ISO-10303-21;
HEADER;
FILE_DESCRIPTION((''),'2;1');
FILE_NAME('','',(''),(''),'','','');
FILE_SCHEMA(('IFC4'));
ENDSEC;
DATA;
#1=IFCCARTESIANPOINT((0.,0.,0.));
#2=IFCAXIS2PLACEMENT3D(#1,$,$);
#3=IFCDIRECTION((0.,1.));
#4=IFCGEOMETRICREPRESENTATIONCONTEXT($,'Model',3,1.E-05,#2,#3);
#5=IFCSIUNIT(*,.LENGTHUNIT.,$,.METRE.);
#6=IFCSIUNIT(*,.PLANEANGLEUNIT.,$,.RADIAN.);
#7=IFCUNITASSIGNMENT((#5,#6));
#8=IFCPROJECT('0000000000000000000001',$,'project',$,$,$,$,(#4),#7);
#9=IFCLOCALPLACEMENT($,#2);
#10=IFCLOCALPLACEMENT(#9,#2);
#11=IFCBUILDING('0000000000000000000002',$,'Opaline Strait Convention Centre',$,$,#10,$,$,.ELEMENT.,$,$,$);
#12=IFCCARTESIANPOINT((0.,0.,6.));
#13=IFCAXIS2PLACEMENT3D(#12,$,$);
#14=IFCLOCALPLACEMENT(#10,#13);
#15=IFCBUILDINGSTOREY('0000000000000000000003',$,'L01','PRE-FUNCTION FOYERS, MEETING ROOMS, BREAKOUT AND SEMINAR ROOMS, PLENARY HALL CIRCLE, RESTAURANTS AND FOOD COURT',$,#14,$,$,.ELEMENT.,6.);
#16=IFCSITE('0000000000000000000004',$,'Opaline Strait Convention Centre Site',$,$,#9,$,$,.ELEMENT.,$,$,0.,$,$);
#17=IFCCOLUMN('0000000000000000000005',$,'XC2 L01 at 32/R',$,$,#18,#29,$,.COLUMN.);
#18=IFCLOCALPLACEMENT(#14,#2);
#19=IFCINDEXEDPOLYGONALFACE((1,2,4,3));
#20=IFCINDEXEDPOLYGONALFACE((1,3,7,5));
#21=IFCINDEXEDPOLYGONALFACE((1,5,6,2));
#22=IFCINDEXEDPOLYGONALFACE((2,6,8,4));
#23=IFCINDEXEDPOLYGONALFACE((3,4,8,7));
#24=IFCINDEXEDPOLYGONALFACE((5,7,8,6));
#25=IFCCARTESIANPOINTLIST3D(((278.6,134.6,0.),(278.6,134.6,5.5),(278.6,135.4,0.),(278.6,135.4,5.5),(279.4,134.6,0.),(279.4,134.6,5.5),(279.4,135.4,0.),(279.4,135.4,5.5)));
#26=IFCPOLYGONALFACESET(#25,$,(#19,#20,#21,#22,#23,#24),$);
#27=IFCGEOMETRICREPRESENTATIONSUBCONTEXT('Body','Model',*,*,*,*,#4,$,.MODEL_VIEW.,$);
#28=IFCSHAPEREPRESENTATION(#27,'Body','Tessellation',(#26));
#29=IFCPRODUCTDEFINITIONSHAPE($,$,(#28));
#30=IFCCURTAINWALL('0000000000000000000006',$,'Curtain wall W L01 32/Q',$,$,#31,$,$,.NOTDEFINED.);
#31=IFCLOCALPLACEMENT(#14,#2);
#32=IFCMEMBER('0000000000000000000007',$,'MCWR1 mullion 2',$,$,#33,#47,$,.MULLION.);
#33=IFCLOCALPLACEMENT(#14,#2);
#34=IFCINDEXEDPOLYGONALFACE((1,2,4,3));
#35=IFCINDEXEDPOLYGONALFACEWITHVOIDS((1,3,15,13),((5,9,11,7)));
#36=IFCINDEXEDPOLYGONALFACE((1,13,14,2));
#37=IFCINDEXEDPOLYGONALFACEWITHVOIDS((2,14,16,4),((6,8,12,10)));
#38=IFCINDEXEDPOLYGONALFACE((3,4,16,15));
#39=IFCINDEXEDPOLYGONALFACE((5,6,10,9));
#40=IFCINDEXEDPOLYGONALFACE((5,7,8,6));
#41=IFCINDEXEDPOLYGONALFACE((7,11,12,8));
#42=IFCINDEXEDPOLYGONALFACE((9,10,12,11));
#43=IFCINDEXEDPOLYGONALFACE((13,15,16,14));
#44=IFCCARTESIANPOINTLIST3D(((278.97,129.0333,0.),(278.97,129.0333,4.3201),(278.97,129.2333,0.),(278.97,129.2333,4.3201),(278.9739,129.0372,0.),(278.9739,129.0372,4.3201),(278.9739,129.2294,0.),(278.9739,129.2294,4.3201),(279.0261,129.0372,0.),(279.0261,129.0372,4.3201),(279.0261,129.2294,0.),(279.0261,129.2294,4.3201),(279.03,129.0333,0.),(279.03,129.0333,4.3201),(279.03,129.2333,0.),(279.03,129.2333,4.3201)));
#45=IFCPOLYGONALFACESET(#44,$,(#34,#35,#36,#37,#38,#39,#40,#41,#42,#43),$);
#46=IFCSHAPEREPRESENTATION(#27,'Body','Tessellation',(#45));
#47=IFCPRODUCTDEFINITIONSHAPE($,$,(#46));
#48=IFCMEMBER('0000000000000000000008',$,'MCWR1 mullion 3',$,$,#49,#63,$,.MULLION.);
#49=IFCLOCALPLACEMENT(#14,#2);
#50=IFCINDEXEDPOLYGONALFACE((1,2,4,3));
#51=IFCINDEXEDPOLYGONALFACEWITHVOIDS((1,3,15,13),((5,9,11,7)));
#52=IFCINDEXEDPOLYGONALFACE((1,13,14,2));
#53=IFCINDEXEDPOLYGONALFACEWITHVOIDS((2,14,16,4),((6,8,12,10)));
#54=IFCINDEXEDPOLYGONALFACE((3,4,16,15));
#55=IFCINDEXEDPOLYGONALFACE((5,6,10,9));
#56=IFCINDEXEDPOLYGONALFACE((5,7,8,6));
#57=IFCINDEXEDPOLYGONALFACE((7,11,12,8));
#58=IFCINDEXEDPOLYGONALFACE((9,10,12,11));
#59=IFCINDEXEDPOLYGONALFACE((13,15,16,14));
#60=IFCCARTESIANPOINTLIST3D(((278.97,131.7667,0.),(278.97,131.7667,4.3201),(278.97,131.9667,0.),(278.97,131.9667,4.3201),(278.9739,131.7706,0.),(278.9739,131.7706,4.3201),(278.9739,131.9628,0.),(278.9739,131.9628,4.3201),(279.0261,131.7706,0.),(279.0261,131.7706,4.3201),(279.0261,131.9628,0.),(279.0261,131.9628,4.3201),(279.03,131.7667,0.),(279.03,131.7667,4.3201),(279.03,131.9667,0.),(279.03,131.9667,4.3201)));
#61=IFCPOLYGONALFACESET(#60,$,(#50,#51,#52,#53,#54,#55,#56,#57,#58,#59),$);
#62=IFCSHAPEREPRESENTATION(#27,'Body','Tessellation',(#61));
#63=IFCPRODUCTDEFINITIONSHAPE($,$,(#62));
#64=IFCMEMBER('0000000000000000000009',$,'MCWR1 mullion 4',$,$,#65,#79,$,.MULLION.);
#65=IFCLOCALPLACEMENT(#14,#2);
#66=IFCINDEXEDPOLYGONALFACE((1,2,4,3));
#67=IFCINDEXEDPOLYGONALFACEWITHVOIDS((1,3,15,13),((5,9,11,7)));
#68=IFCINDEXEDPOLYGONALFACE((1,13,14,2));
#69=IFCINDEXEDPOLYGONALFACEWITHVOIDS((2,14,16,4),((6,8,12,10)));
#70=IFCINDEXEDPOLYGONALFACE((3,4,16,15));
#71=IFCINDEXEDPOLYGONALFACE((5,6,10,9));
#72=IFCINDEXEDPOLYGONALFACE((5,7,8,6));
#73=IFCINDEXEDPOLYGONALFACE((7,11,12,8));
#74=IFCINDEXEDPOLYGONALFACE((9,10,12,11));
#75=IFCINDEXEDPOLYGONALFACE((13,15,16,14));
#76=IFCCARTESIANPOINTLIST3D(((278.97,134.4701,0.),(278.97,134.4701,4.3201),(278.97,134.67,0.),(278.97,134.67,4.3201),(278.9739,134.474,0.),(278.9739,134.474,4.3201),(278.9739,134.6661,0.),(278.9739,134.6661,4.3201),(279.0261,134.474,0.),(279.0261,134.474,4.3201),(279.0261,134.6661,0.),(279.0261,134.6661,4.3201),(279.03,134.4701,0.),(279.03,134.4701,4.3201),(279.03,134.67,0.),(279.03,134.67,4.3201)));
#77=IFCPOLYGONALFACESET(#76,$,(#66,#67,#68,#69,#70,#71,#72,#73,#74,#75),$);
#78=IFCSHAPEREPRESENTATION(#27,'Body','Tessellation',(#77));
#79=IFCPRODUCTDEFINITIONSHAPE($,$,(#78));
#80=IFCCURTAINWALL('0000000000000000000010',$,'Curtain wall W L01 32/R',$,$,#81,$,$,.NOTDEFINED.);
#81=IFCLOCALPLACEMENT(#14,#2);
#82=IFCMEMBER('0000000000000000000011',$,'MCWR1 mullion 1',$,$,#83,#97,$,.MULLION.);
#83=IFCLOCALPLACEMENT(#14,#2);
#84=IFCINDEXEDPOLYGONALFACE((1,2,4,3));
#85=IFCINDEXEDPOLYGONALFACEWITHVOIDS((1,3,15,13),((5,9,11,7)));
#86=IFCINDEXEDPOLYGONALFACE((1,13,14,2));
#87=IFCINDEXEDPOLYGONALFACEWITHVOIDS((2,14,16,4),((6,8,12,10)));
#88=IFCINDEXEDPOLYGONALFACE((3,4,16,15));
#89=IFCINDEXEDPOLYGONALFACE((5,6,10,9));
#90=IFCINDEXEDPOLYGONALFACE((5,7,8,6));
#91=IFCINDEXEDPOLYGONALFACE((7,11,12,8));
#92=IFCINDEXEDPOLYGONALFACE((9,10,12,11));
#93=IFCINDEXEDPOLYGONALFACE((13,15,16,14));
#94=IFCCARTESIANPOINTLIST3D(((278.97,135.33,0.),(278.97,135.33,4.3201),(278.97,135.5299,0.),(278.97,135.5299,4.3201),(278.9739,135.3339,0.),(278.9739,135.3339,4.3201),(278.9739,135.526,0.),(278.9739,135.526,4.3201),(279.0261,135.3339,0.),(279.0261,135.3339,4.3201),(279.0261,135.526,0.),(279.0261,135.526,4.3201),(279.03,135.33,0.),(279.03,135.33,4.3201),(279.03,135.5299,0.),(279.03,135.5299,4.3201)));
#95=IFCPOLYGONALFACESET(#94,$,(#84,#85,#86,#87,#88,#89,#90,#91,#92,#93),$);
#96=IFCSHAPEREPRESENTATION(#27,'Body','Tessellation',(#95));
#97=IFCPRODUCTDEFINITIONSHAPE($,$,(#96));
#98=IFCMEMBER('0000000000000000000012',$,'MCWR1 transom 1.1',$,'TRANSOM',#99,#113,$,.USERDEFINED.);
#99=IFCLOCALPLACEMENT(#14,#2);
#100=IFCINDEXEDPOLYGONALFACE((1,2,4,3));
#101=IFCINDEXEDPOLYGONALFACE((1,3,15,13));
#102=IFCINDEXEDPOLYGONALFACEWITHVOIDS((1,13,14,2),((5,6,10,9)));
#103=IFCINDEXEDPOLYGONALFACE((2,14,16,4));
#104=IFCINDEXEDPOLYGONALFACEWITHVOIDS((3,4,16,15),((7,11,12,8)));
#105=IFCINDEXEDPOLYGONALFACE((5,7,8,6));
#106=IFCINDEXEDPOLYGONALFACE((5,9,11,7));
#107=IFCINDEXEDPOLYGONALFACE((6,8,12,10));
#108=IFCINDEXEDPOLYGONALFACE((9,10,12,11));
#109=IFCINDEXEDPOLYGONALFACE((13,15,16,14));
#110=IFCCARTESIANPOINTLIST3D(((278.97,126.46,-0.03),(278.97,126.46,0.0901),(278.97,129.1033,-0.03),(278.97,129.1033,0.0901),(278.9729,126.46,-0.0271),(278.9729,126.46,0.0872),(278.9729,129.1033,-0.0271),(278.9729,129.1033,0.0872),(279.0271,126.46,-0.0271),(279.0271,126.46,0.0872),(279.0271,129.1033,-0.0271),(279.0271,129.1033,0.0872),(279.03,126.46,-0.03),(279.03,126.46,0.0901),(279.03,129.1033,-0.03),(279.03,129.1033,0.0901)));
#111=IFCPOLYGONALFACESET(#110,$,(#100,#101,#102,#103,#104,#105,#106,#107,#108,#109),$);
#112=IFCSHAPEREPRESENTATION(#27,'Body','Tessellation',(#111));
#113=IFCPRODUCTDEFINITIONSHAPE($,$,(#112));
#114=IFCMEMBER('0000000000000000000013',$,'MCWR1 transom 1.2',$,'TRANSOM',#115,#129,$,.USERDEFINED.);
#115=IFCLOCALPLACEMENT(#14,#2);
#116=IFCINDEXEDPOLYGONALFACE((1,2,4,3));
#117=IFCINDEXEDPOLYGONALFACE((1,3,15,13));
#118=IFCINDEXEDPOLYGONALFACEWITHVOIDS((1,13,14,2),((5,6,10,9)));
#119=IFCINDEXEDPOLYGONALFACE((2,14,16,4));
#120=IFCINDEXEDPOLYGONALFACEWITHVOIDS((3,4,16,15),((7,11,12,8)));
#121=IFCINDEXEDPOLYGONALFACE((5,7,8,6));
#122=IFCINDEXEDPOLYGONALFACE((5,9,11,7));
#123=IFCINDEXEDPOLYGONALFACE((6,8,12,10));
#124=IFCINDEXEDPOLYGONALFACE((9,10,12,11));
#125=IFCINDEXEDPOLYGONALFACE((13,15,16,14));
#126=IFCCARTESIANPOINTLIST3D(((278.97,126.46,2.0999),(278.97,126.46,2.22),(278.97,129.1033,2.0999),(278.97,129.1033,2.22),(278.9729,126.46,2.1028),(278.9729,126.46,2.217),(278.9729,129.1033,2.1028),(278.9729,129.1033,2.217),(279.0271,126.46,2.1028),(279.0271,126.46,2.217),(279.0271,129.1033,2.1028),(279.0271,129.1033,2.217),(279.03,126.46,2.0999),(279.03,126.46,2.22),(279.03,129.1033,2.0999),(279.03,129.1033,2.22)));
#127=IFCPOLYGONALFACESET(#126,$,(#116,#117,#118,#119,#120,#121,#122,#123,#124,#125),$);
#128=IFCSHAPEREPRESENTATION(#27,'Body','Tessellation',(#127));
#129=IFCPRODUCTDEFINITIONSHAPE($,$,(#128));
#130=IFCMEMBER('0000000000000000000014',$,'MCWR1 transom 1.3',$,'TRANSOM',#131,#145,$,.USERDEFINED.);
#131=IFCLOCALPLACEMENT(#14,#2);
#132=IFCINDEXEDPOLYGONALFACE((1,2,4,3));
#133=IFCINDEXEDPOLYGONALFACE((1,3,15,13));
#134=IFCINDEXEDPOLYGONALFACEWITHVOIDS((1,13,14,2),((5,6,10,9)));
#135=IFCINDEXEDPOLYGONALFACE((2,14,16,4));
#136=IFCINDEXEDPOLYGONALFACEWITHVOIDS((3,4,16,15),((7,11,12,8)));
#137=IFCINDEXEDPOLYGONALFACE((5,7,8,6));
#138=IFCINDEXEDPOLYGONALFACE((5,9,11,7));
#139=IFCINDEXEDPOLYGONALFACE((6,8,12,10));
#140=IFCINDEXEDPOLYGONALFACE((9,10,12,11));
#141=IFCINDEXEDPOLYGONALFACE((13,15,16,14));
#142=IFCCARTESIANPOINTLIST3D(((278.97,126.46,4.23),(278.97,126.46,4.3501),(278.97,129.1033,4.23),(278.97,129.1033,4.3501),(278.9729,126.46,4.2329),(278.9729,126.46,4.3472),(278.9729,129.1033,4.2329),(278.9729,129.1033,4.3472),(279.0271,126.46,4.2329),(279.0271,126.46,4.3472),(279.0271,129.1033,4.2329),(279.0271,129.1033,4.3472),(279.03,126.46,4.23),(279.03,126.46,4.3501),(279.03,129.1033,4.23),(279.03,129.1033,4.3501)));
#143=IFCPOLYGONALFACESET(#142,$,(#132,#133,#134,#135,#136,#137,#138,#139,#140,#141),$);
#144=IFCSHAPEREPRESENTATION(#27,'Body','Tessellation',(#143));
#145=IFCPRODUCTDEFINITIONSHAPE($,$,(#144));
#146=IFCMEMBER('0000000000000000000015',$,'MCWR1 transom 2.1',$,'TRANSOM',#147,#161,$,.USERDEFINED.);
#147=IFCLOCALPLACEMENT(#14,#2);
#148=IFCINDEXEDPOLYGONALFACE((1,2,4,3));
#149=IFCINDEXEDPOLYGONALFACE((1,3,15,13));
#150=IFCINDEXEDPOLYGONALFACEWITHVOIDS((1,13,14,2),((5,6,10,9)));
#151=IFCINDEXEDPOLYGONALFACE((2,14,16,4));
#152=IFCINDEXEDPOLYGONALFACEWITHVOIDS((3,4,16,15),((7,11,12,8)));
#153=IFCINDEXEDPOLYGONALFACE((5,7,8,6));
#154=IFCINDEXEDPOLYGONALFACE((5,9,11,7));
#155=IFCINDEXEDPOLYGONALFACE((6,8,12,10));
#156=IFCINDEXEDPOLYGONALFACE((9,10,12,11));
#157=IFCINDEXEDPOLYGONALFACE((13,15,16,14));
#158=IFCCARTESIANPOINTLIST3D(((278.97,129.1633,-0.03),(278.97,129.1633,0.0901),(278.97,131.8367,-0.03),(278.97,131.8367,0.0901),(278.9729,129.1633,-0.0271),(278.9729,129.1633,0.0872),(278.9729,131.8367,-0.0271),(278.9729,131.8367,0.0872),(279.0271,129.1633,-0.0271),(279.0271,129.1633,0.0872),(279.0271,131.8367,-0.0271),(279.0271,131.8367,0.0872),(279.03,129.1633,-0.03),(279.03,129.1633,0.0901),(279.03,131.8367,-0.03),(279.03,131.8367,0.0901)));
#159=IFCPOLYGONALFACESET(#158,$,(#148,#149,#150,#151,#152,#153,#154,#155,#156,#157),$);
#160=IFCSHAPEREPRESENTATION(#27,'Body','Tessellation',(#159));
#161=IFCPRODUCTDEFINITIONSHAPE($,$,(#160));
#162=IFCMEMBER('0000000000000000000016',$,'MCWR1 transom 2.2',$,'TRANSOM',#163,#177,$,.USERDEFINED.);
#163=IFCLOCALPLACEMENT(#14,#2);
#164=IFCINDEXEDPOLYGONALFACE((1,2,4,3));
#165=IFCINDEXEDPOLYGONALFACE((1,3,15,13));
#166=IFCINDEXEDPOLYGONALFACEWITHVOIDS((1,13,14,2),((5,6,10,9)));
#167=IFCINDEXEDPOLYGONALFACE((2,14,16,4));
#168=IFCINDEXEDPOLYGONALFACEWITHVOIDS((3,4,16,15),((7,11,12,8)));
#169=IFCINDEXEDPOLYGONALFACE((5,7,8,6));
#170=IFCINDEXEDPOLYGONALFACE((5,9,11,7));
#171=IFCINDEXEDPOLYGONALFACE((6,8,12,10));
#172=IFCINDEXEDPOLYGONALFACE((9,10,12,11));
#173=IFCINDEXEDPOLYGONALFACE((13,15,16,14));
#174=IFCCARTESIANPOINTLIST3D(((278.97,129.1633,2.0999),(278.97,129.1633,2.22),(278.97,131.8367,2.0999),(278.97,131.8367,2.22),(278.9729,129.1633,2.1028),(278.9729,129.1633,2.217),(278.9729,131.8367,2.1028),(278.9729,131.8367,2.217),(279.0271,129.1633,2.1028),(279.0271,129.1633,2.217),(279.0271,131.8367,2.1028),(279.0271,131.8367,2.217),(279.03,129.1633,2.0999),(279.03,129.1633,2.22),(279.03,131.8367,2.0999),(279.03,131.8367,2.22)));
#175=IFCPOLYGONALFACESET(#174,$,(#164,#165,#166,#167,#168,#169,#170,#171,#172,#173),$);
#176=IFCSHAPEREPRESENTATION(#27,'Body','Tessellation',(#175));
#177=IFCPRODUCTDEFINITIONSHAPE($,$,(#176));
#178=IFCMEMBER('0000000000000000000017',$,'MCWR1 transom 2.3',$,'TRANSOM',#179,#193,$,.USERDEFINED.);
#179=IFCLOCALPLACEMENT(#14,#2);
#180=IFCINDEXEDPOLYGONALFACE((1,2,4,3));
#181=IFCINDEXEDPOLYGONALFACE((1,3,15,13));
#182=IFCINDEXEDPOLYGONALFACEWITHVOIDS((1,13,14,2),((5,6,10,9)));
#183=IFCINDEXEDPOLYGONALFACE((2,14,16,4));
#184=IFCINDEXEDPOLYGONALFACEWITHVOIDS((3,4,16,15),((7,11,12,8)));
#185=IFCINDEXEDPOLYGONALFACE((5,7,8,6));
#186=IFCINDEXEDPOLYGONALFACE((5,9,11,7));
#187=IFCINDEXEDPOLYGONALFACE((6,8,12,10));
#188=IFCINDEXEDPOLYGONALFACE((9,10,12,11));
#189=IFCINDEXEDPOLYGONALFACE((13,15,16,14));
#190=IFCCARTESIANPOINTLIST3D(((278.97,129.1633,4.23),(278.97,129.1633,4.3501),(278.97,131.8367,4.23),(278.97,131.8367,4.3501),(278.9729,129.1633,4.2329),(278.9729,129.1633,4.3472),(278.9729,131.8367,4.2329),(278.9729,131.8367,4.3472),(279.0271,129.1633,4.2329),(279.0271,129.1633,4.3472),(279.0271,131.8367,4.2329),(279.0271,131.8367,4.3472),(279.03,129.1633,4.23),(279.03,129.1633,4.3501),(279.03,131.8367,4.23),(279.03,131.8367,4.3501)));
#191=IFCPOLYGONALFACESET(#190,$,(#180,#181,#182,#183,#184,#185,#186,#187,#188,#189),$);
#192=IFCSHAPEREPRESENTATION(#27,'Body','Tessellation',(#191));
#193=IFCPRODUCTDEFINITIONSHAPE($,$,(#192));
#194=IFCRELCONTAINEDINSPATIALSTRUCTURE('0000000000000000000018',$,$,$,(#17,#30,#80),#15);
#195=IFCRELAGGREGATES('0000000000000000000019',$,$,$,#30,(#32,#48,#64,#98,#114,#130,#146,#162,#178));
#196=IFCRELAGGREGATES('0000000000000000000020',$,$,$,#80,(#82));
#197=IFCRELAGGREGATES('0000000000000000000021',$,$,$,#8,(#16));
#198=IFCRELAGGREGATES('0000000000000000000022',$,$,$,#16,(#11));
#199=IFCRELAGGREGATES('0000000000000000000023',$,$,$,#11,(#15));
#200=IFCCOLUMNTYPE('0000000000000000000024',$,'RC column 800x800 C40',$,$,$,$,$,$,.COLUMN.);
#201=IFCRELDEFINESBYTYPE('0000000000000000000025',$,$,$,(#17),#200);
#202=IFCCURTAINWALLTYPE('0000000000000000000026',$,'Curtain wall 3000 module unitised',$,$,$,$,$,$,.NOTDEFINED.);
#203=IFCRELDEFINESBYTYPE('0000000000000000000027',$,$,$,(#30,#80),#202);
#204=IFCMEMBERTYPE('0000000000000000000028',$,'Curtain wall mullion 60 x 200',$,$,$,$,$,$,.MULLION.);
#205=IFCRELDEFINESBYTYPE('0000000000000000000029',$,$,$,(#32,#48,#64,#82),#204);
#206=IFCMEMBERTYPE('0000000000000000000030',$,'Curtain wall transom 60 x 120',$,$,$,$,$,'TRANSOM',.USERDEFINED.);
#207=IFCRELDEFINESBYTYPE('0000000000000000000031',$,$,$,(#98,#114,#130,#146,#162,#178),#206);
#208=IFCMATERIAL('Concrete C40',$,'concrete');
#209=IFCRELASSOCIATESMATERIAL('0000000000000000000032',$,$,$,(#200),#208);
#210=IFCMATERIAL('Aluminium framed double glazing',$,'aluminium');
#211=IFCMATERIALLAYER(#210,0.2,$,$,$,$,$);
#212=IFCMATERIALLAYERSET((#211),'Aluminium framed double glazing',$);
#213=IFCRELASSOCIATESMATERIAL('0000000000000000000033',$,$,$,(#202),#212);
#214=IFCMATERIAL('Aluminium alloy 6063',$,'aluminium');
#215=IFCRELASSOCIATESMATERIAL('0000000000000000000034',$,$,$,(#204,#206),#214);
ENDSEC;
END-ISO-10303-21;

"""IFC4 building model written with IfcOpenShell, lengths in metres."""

from ifc_helpers import new_model, si_unit, direction, frame, origin, origin_2d, place, context, subcontext, project, spatial, rectangle, hollow_rectangle, extrude, material, layer, layer_set, material_profile, profile_set, type_object, element, aggregate, save


model = new_model("IFC4")

# Units and contexts
model_context = context("Model", 3, precision=1e-05, world=origin(), true_north=direction((0.0, 1.0)))
body_context = subcontext(model_context, "Body", "Model", "MODEL_VIEW")
ifc_project = project(units=[si_unit("LENGTHUNIT", "METRE"), si_unit("PLANEANGLEUNIT", "RADIAN")], contexts=[model_context])

# Site, building, storey
site_placement = place(None, origin())
site = spatial("IfcSite", under=ifc_project, at=site_placement, Name="Opaline Strait Convention Centre Site", CompositionType="ELEMENT", RefElevation=0.0)
building_placement = place(site_placement, origin())
building = spatial("IfcBuilding", under=site, at=building_placement, Name="Opaline Strait Convention Centre", CompositionType="ELEMENT")
storey_placement = place(building_placement, frame((0.0, 0.0, 6.0)))
storey = spatial("IfcBuildingStorey", under=building, at=storey_placement, Name="L01", Description="PRE-FUNCTION FOYERS, MEETING ROOMS, BREAKOUT AND SEMINAR ROOMS, PLENARY HALL CIRCLE, RESTAURANTS AND FOOD COURT", CompositionType="ELEMENT", Elevation=6.0)

# Column
ifc_material_1 = material(Name="Concrete C40", Category="concrete")
ifc_material_profile_1 = material_profile(ifc_material_1, rectangle(XDim=0.8, YDim=0.8, at=origin_2d()), Name="RC 800x800")
ifc_profile_set_1 = profile_set([ifc_material_profile_1], Name="Concrete C40")
column_type = type_object("IfcColumnType", Name="RC column 800x800 C40", PredefinedType="COLUMN", material=ifc_profile_set_1)
column_placement = place(storey_placement, frame((279.0, 135.0, 0.0), z_axis=(0.0, 0.0, 1.0), x_axis=(1.0, 0.0, 0.0)))
element("IfcColumn", 1, at=column_placement, inside=storey, type_object=column_type, Name="XC2 L01 at 32/R", PredefinedType="COLUMN", context=body_context, shape_type="SweptSolid", body=[
    extrude(rectangle(XDim=0.8, YDim=0.8, at=origin_2d()), origin(), (0.0, 0.0, 1.0), 5.5),
])

# Curtain wall, members
ifc_material_2 = material(Name="Aluminium framed double glazing", Category="aluminium")
ifc_layer_1 = layer(ifc_material_2, 0.2)
ifc_layer_set_1 = layer_set([ifc_layer_1], Name="Aluminium framed double glazing")
curtain_wall_type = type_object("IfcCurtainWallType", Name="Curtain wall 3000 module unitised", PredefinedType="NOTDEFINED", material=ifc_layer_set_1)
curtain_wall_1_placement = place(storey_placement, origin())
curtain_wall_1 = element("IfcCurtainWall", 2, at=curtain_wall_1_placement, inside=storey, type_object=curtain_wall_type, Name="Curtain wall W L01 32/Q", PredefinedType="NOTDEFINED")
ifc_material_3 = material(Name="Aluminium alloy 6063", Category="aluminium")
ifc_material_profile_2 = material_profile(ifc_material_3, hollow_rectangle(XDim=0.0601, YDim=0.2, WallThickness=0.0039, at=origin_2d()), Name="MULLION 60x200x4")
ifc_profile_set_2 = profile_set([ifc_material_profile_2], Name="Aluminium alloy 6063")
member_type_1 = type_object("IfcMemberType", Name="Curtain wall mullion 60 x 200", PredefinedType="MULLION", material=ifc_profile_set_2)
member_1_placement = place(storey_placement, frame((279.0, 129.1333, 0.0), z_axis=(0.0, 0.0, 1.0), x_axis=(-1.0, 0.0, 0.0)))
member_1 = element("IfcMember", 3, at=member_1_placement, type_object=member_type_1, Name="MCWR1 mullion 2", PredefinedType="MULLION", context=body_context, shape_type="SweptSolid", body=[
    extrude(hollow_rectangle(XDim=0.0601, YDim=0.2, WallThickness=0.0039, at=origin_2d()), origin(), (0.0, 0.0, 1.0), 4.3201),
])
member_2_placement = place(storey_placement, frame((279.0, 131.8667, 0.0), z_axis=(0.0, 0.0, 1.0), x_axis=(-1.0, 0.0, 0.0)))
member_2 = element("IfcMember", 4, at=member_2_placement, type_object=member_type_1, Name="MCWR1 mullion 3", PredefinedType="MULLION", context=body_context, shape_type="SweptSolid", body=[
    extrude(hollow_rectangle(XDim=0.0601, YDim=0.2, WallThickness=0.0039, at=origin_2d()), origin(), (0.0, 0.0, 1.0), 4.3201),
])
member_3_placement = place(storey_placement, frame((279.0, 134.5701, 0.0), z_axis=(0.0, 0.0, 1.0), x_axis=(-1.0, 0.0, 0.0)))
member_3 = element("IfcMember", 5, at=member_3_placement, type_object=member_type_1, Name="MCWR1 mullion 4", PredefinedType="MULLION", context=body_context, shape_type="SweptSolid", body=[
    extrude(hollow_rectangle(XDim=0.0601, YDim=0.2, WallThickness=0.0039, at=origin_2d()), origin(), (0.0, 0.0, 1.0), 4.3201),
])

# Curtain wall, member
curtain_wall_2_placement = place(storey_placement, origin())
curtain_wall_2 = element("IfcCurtainWall", 6, at=curtain_wall_2_placement, inside=storey, type_object=curtain_wall_type, Name="Curtain wall W L01 32/R", PredefinedType="NOTDEFINED")
member_4_placement = place(storey_placement, frame((279.0, 135.4299, 0.0), z_axis=(0.0, 0.0, 1.0), x_axis=(-1.0, 0.0, 0.0)))
member_4 = element("IfcMember", 7, at=member_4_placement, type_object=member_type_1, Name="MCWR1 mullion 1", PredefinedType="MULLION", context=body_context, shape_type="SweptSolid", body=[
    extrude(hollow_rectangle(XDim=0.0601, YDim=0.2, WallThickness=0.0039, at=origin_2d()), origin(), (0.0, 0.0, 1.0), 4.3201),
])

# Members
ifc_material_profile_3 = material_profile(ifc_material_3, hollow_rectangle(XDim=0.0601, YDim=0.1201, WallThickness=0.0029, at=origin_2d()), Name="TRANSOM 60x120x3")
ifc_profile_set_3 = profile_set([ifc_material_profile_3], Name="Aluminium alloy 6063")
member_type_2 = type_object("IfcMemberType", Name="Curtain wall transom 60 x 120", ElementType="TRANSOM", PredefinedType="USERDEFINED", material=ifc_profile_set_3)
member_5_placement = place(storey_placement, frame((279.0, 126.46, 0.03), z_axis=(0.0, 1.0, 0.0), x_axis=(-1.0, 0.0, 0.0)))
member_5 = element("IfcMember", 8, at=member_5_placement, type_object=member_type_2, Name="MCWR1 transom 1.1", ObjectType="TRANSOM", PredefinedType="USERDEFINED", context=body_context, shape_type="SweptSolid", body=[
    extrude(hollow_rectangle(XDim=0.0601, YDim=0.1201, WallThickness=0.0029, at=origin_2d()), origin(), (0.0, 0.0, 1.0), 2.6433),
])
member_6_placement = place(storey_placement, frame((279.0, 126.46, 2.1599), z_axis=(0.0, 1.0, 0.0), x_axis=(-1.0, 0.0, 0.0)))
member_6 = element("IfcMember", 9, at=member_6_placement, type_object=member_type_2, Name="MCWR1 transom 1.2", ObjectType="TRANSOM", PredefinedType="USERDEFINED", context=body_context, shape_type="SweptSolid", body=[
    extrude(hollow_rectangle(XDim=0.0601, YDim=0.1201, WallThickness=0.0029, at=origin_2d()), origin(), (0.0, 0.0, 1.0), 2.6433),
])
member_7_placement = place(storey_placement, frame((279.0, 126.46, 4.29), z_axis=(0.0, 1.0, 0.0), x_axis=(-1.0, 0.0, 0.0)))
member_7 = element("IfcMember", 10, at=member_7_placement, type_object=member_type_2, Name="MCWR1 transom 1.3", ObjectType="TRANSOM", PredefinedType="USERDEFINED", context=body_context, shape_type="SweptSolid", body=[
    extrude(hollow_rectangle(XDim=0.0601, YDim=0.1201, WallThickness=0.0029, at=origin_2d()), origin(), (0.0, 0.0, 1.0), 2.6433),
])
member_8_placement = place(storey_placement, frame((279.0, 129.1633, 0.03), z_axis=(0.0, 1.0, 0.0), x_axis=(-1.0, 0.0, 0.0)))
member_8 = element("IfcMember", 11, at=member_8_placement, type_object=member_type_2, Name="MCWR1 transom 2.1", ObjectType="TRANSOM", PredefinedType="USERDEFINED", context=body_context, shape_type="SweptSolid", body=[
    extrude(hollow_rectangle(XDim=0.0601, YDim=0.1201, WallThickness=0.0029, at=origin_2d()), origin(), (0.0, 0.0, 1.0), 2.6733),
])
member_9_placement = place(storey_placement, frame((279.0, 129.1633, 2.1599), z_axis=(0.0, 1.0, 0.0), x_axis=(-1.0, 0.0, 0.0)))
member_9 = element("IfcMember", 12, at=member_9_placement, type_object=member_type_2, Name="MCWR1 transom 2.2", ObjectType="TRANSOM", PredefinedType="USERDEFINED", context=body_context, shape_type="SweptSolid", body=[
    extrude(hollow_rectangle(XDim=0.0601, YDim=0.1201, WallThickness=0.0029, at=origin_2d()), origin(), (0.0, 0.0, 1.0), 2.6733),
])
member_10_placement = place(storey_placement, frame((279.0, 129.1633, 4.29), z_axis=(0.0, 1.0, 0.0), x_axis=(-1.0, 0.0, 0.0)))
member_10 = element("IfcMember", 13, at=member_10_placement, type_object=member_type_2, Name="MCWR1 transom 2.3", ObjectType="TRANSOM", PredefinedType="USERDEFINED", context=body_context, shape_type="SweptSolid", body=[
    extrude(hollow_rectangle(XDim=0.0601, YDim=0.1201, WallThickness=0.0029, at=origin_2d()), origin(), (0.0, 0.0, 1.0), 2.6733),
])

aggregate(curtain_wall_1, [member_1, member_2, member_3, member_5, member_6, member_7, member_8, member_9, member_10])
aggregate(curtain_wall_2, [member_4])

save(model, "model.ifc")
